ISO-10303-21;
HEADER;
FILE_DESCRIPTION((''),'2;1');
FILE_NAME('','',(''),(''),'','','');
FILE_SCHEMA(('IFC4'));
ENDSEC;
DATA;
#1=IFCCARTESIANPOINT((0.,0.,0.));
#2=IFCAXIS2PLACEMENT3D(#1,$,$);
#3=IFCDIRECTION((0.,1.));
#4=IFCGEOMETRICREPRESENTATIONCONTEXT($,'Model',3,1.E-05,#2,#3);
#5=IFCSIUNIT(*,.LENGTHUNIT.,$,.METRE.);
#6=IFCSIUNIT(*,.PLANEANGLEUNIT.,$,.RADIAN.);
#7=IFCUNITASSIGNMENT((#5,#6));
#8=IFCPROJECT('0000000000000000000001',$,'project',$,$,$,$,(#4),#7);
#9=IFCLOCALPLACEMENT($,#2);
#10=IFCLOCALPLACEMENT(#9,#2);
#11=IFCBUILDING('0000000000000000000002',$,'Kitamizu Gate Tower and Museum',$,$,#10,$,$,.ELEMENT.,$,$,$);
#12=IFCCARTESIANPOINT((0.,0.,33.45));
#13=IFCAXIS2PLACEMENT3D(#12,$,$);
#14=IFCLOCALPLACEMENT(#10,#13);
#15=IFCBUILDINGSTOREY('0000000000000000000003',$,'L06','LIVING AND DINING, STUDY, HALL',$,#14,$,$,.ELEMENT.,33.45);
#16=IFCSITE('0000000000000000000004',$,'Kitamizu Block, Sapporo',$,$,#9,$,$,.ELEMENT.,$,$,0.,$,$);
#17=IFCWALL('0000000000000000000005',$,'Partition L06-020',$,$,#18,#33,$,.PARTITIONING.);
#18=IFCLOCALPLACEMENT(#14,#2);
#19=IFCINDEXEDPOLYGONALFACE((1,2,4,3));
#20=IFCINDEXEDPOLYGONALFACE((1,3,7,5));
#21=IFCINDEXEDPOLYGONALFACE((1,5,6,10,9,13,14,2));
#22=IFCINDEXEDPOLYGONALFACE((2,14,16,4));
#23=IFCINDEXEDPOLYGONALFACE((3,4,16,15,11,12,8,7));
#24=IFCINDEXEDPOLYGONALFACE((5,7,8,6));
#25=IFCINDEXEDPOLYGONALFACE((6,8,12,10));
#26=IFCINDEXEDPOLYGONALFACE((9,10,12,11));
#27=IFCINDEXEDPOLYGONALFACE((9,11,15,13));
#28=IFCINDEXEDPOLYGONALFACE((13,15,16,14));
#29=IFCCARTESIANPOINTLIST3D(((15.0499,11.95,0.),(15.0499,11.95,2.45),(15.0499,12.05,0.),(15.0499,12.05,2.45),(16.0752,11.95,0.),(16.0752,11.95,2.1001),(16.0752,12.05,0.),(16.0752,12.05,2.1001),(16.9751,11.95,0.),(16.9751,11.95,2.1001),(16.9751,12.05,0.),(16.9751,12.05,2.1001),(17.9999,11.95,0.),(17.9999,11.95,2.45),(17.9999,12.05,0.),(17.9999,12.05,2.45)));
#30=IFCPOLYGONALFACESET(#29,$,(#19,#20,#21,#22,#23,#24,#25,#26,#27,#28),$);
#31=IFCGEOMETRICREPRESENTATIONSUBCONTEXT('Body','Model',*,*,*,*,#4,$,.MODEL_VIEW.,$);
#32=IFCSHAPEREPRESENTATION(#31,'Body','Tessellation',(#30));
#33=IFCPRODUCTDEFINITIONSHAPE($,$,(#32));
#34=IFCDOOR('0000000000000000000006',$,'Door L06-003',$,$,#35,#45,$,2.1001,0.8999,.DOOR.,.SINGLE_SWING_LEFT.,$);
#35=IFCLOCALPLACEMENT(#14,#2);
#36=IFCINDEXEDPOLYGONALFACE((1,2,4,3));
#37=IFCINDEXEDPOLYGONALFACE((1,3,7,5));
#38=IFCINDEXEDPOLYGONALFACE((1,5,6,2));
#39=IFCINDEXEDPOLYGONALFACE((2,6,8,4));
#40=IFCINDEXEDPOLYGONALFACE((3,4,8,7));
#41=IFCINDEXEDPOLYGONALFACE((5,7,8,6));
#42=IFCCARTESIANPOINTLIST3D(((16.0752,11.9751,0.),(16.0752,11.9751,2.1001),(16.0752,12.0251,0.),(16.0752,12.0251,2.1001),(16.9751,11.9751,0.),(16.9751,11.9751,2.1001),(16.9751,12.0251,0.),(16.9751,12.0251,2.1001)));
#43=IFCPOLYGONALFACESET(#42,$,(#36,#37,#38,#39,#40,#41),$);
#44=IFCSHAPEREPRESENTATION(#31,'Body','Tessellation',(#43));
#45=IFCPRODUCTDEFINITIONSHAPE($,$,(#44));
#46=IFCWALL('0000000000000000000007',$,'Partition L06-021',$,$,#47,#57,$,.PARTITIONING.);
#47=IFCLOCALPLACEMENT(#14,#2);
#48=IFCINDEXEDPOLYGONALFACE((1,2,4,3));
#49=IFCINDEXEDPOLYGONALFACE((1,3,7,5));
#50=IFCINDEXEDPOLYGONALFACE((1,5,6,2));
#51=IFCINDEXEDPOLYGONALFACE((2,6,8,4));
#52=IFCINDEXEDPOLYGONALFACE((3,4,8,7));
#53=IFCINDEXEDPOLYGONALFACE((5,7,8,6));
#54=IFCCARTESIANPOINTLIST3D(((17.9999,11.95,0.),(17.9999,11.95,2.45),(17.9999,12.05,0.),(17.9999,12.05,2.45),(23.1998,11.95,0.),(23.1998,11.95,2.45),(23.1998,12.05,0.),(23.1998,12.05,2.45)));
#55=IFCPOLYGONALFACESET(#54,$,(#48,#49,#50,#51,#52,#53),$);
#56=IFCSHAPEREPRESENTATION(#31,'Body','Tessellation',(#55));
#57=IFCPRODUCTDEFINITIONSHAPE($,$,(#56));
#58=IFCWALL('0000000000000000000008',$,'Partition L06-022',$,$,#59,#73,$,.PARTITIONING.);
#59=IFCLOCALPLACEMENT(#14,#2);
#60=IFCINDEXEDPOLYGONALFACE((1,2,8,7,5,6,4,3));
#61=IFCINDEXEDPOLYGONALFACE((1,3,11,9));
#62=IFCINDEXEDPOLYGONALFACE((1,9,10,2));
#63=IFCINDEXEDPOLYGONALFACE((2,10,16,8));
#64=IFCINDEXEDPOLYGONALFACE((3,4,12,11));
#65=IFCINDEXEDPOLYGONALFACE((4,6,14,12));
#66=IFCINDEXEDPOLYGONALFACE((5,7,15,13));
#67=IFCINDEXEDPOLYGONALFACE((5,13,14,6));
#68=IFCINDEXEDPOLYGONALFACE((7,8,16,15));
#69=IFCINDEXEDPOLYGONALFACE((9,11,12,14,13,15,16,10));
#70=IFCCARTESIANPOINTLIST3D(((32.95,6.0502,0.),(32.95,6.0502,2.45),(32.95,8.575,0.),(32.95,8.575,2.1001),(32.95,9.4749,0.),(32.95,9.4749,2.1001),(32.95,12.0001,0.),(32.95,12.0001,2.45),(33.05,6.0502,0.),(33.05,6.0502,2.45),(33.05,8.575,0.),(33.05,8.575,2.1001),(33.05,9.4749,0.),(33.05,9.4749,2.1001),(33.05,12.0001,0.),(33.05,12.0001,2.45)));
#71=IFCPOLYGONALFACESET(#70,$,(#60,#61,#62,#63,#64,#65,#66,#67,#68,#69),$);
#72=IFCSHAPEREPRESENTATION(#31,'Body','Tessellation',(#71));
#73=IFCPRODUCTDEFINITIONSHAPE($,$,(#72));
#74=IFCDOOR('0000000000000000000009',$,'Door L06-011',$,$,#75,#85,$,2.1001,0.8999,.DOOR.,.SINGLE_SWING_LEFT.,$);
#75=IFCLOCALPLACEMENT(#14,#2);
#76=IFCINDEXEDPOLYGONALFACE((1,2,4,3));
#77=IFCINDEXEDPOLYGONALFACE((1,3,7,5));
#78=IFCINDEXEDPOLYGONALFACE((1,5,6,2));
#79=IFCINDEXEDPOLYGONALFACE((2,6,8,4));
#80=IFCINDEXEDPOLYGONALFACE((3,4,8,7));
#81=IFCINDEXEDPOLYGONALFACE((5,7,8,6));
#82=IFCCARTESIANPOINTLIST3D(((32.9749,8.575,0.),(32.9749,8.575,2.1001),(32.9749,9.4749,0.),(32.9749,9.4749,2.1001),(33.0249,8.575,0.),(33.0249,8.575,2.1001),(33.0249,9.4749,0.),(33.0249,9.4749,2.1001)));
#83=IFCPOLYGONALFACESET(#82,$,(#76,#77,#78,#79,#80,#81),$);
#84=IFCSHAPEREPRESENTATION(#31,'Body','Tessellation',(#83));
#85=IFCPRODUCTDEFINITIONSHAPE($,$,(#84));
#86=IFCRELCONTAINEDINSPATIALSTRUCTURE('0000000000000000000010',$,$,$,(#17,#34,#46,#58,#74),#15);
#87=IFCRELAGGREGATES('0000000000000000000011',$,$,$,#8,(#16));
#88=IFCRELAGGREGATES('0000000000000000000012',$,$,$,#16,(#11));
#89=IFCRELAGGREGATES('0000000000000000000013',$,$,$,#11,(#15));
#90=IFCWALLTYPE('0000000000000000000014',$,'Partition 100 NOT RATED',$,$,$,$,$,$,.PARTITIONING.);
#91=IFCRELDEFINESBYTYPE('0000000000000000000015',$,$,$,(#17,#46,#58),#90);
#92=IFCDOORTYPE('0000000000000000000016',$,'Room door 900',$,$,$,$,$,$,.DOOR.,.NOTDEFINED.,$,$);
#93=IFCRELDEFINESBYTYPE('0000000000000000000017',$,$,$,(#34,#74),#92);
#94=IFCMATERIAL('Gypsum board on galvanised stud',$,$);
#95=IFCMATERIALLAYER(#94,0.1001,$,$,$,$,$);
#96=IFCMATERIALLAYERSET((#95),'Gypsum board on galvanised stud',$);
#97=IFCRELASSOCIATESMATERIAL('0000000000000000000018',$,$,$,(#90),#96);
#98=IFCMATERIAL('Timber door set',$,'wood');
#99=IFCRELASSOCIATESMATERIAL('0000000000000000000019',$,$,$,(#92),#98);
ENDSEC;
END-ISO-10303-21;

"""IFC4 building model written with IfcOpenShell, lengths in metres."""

from ifc_helpers import new_model, si_unit, direction, frame, frame_2d, origin, place, context, subcontext, project, spatial, rectangle, extrude, material, layer, layer_set, type_object, element, fill, save


model = new_model("IFC4")

# Units and contexts
model_context = context("Model", 3, precision=1e-05, world=origin(), true_north=direction((0.0, 1.0)))
body_context = subcontext(model_context, "Body", "Model", "MODEL_VIEW")
ifc_project = project(units=[si_unit("LENGTHUNIT", "METRE"), si_unit("PLANEANGLEUNIT", "RADIAN")], contexts=[model_context])

# Site, building, storey
site_placement = place(None, origin())
site = spatial("IfcSite", under=ifc_project, at=site_placement, Name="Kitamizu Block, Sapporo", CompositionType="ELEMENT", RefElevation=0.0)
building_placement = place(site_placement, origin())
building = spatial("IfcBuilding", under=site, at=building_placement, Name="Kitamizu Gate Tower and Museum", CompositionType="ELEMENT")
storey_placement = place(building_placement, frame((0.0, 0.0, 33.45)))
storey = spatial("IfcBuildingStorey", under=building, at=storey_placement, Name="L06", Description="LIVING AND DINING, STUDY, HALL", CompositionType="ELEMENT", Elevation=33.45)

# Shared definitions
ifc_material_1 = material(Name="Gypsum board on galvanised stud")
ifc_layer = layer(ifc_material_1, 0.1001)
ifc_layer_set = layer_set([ifc_layer], Name="Gypsum board on galvanised stud")
wall_type = type_object("IfcWallType", Name="Partition 100 NOT RATED", PredefinedType="PARTITIONING", material=ifc_layer_set)

# Shared definitions
ifc_material_2 = material(Name="Timber door set", Category="wood")
door_type = type_object("IfcDoorType", Name="Room door 900", OperationType="NOTDEFINED", PredefinedType="DOOR", material=ifc_material_2)

# Wall, opening, door
wall_1_placement = place(storey_placement, frame((18.0, 12.0, 0.0), z_axis=(0.0, 0.0, 1.0), x_axis=(-1.0, 0.0, 0.0)))
wall_1 = element("IfcWall", 1, at=wall_1_placement, inside=storey, type_object=wall_type, Name="Partition L06-020", PredefinedType="PARTITIONING", context=body_context, shape_type="SweptSolid", body=[
    extrude(rectangle(XDim=2.95, YDim=0.1001, at=frame_2d((1.4751, 0.0))), origin(), (0.0, 0.0, 1.0), 2.45),
])
opening_1_placement = place(wall_1_placement, frame((1.0249, 0.0, 0.0)))
opening_1 = element("IfcOpeningElement", 2, at=opening_1_placement, cuts=wall_1, PredefinedType="OPENING", context=body_context, shape_type="SweptSolid", body=[
    extrude(rectangle(XDim=0.8999, YDim=2.1001, at=frame_2d((0.45, 1.05))), frame((0.0, 0.0601, 0.0), z_axis=(0.0, -1.0, 0.0), x_axis=(1.0, 0.0, 0.0)), (0.0, 0.0, 1.0), 0.1201),
])
door_1_placement = place(opening_1_placement, origin())
door_1 = element("IfcDoor", 3, at=door_1_placement, inside=storey, type_object=door_type, Name="Door L06-003", OperationType="SINGLE_SWING_LEFT", OverallHeight=2.1001, OverallWidth=0.8999, PredefinedType="DOOR", context=body_context, shape_type="SweptSolid", body=[
    extrude(rectangle(XDim=0.8999, YDim=2.1001, at=frame_2d((0.45, 1.05))), frame((0.0, 0.0249, 0.0), z_axis=(0.0, -1.0, 0.0), x_axis=(1.0, 0.0, 0.0)), (0.0, 0.0, 1.0), 0.05),
])
fill(opening_1, door_1)

# Wall
wall_2_placement = place(storey_placement, frame((23.2, 12.0, 0.0), z_axis=(0.0, 0.0, 1.0), x_axis=(-1.0, 0.0, 0.0)))
element("IfcWall", 4, at=wall_2_placement, inside=storey, type_object=wall_type, Name="Partition L06-021", PredefinedType="PARTITIONING", context=body_context, shape_type="SweptSolid", body=[
    extrude(rectangle(XDim=5.2, YDim=0.1001, at=frame_2d((2.6001, 0.0))), origin(), (0.0, 0.0, 1.0), 2.45),
])

# Wall, opening, door
wall_3_placement = place(storey_placement, frame((33.0, 6.05, 0.0), z_axis=(0.0, 0.0, 1.0), x_axis=(0.0, 1.0, 0.0)))
wall_3 = element("IfcWall", 5, at=wall_3_placement, inside=storey, type_object=wall_type, Name="Partition L06-022", PredefinedType="PARTITIONING", context=body_context, shape_type="SweptSolid", body=[
    extrude(rectangle(XDim=5.95, YDim=0.1001, at=frame_2d((2.9751, 0.0))), origin(), (0.0, 0.0, 1.0), 2.45),
])
opening_2_placement = place(wall_3_placement, frame((2.5249, 0.0, 0.0)))
opening_2 = element("IfcOpeningElement", 6, at=opening_2_placement, cuts=wall_3, PredefinedType="OPENING", context=body_context, shape_type="SweptSolid", body=[
    extrude(rectangle(XDim=0.8999, YDim=2.1001, at=frame_2d((0.45, 1.05))), frame((0.0, 0.0601, 0.0), z_axis=(0.0, -1.0, 0.0), x_axis=(1.0, 0.0, 0.0)), (0.0, 0.0, 1.0), 0.1201),
])
door_2_placement = place(opening_2_placement, frame((0.8999, 0.0, 0.0), x_axis=(-1.0, 0.0, 0.0)))
door_2 = element("IfcDoor", 7, at=door_2_placement, inside=storey, type_object=door_type, Name="Door L06-011", OperationType="SINGLE_SWING_LEFT", OverallHeight=2.1001, OverallWidth=0.8999, PredefinedType="DOOR", context=body_context, shape_type="SweptSolid", body=[
    extrude(rectangle(XDim=0.8999, YDim=2.1001, at=frame_2d((0.45, 1.05))), frame((0.0, 0.0249, 0.0), z_axis=(0.0, -1.0, 0.0), x_axis=(1.0, 0.0, 0.0)), (0.0, 0.0, 1.0), 0.05),
])
fill(opening_2, door_2)

save(model, "model.ifc")
